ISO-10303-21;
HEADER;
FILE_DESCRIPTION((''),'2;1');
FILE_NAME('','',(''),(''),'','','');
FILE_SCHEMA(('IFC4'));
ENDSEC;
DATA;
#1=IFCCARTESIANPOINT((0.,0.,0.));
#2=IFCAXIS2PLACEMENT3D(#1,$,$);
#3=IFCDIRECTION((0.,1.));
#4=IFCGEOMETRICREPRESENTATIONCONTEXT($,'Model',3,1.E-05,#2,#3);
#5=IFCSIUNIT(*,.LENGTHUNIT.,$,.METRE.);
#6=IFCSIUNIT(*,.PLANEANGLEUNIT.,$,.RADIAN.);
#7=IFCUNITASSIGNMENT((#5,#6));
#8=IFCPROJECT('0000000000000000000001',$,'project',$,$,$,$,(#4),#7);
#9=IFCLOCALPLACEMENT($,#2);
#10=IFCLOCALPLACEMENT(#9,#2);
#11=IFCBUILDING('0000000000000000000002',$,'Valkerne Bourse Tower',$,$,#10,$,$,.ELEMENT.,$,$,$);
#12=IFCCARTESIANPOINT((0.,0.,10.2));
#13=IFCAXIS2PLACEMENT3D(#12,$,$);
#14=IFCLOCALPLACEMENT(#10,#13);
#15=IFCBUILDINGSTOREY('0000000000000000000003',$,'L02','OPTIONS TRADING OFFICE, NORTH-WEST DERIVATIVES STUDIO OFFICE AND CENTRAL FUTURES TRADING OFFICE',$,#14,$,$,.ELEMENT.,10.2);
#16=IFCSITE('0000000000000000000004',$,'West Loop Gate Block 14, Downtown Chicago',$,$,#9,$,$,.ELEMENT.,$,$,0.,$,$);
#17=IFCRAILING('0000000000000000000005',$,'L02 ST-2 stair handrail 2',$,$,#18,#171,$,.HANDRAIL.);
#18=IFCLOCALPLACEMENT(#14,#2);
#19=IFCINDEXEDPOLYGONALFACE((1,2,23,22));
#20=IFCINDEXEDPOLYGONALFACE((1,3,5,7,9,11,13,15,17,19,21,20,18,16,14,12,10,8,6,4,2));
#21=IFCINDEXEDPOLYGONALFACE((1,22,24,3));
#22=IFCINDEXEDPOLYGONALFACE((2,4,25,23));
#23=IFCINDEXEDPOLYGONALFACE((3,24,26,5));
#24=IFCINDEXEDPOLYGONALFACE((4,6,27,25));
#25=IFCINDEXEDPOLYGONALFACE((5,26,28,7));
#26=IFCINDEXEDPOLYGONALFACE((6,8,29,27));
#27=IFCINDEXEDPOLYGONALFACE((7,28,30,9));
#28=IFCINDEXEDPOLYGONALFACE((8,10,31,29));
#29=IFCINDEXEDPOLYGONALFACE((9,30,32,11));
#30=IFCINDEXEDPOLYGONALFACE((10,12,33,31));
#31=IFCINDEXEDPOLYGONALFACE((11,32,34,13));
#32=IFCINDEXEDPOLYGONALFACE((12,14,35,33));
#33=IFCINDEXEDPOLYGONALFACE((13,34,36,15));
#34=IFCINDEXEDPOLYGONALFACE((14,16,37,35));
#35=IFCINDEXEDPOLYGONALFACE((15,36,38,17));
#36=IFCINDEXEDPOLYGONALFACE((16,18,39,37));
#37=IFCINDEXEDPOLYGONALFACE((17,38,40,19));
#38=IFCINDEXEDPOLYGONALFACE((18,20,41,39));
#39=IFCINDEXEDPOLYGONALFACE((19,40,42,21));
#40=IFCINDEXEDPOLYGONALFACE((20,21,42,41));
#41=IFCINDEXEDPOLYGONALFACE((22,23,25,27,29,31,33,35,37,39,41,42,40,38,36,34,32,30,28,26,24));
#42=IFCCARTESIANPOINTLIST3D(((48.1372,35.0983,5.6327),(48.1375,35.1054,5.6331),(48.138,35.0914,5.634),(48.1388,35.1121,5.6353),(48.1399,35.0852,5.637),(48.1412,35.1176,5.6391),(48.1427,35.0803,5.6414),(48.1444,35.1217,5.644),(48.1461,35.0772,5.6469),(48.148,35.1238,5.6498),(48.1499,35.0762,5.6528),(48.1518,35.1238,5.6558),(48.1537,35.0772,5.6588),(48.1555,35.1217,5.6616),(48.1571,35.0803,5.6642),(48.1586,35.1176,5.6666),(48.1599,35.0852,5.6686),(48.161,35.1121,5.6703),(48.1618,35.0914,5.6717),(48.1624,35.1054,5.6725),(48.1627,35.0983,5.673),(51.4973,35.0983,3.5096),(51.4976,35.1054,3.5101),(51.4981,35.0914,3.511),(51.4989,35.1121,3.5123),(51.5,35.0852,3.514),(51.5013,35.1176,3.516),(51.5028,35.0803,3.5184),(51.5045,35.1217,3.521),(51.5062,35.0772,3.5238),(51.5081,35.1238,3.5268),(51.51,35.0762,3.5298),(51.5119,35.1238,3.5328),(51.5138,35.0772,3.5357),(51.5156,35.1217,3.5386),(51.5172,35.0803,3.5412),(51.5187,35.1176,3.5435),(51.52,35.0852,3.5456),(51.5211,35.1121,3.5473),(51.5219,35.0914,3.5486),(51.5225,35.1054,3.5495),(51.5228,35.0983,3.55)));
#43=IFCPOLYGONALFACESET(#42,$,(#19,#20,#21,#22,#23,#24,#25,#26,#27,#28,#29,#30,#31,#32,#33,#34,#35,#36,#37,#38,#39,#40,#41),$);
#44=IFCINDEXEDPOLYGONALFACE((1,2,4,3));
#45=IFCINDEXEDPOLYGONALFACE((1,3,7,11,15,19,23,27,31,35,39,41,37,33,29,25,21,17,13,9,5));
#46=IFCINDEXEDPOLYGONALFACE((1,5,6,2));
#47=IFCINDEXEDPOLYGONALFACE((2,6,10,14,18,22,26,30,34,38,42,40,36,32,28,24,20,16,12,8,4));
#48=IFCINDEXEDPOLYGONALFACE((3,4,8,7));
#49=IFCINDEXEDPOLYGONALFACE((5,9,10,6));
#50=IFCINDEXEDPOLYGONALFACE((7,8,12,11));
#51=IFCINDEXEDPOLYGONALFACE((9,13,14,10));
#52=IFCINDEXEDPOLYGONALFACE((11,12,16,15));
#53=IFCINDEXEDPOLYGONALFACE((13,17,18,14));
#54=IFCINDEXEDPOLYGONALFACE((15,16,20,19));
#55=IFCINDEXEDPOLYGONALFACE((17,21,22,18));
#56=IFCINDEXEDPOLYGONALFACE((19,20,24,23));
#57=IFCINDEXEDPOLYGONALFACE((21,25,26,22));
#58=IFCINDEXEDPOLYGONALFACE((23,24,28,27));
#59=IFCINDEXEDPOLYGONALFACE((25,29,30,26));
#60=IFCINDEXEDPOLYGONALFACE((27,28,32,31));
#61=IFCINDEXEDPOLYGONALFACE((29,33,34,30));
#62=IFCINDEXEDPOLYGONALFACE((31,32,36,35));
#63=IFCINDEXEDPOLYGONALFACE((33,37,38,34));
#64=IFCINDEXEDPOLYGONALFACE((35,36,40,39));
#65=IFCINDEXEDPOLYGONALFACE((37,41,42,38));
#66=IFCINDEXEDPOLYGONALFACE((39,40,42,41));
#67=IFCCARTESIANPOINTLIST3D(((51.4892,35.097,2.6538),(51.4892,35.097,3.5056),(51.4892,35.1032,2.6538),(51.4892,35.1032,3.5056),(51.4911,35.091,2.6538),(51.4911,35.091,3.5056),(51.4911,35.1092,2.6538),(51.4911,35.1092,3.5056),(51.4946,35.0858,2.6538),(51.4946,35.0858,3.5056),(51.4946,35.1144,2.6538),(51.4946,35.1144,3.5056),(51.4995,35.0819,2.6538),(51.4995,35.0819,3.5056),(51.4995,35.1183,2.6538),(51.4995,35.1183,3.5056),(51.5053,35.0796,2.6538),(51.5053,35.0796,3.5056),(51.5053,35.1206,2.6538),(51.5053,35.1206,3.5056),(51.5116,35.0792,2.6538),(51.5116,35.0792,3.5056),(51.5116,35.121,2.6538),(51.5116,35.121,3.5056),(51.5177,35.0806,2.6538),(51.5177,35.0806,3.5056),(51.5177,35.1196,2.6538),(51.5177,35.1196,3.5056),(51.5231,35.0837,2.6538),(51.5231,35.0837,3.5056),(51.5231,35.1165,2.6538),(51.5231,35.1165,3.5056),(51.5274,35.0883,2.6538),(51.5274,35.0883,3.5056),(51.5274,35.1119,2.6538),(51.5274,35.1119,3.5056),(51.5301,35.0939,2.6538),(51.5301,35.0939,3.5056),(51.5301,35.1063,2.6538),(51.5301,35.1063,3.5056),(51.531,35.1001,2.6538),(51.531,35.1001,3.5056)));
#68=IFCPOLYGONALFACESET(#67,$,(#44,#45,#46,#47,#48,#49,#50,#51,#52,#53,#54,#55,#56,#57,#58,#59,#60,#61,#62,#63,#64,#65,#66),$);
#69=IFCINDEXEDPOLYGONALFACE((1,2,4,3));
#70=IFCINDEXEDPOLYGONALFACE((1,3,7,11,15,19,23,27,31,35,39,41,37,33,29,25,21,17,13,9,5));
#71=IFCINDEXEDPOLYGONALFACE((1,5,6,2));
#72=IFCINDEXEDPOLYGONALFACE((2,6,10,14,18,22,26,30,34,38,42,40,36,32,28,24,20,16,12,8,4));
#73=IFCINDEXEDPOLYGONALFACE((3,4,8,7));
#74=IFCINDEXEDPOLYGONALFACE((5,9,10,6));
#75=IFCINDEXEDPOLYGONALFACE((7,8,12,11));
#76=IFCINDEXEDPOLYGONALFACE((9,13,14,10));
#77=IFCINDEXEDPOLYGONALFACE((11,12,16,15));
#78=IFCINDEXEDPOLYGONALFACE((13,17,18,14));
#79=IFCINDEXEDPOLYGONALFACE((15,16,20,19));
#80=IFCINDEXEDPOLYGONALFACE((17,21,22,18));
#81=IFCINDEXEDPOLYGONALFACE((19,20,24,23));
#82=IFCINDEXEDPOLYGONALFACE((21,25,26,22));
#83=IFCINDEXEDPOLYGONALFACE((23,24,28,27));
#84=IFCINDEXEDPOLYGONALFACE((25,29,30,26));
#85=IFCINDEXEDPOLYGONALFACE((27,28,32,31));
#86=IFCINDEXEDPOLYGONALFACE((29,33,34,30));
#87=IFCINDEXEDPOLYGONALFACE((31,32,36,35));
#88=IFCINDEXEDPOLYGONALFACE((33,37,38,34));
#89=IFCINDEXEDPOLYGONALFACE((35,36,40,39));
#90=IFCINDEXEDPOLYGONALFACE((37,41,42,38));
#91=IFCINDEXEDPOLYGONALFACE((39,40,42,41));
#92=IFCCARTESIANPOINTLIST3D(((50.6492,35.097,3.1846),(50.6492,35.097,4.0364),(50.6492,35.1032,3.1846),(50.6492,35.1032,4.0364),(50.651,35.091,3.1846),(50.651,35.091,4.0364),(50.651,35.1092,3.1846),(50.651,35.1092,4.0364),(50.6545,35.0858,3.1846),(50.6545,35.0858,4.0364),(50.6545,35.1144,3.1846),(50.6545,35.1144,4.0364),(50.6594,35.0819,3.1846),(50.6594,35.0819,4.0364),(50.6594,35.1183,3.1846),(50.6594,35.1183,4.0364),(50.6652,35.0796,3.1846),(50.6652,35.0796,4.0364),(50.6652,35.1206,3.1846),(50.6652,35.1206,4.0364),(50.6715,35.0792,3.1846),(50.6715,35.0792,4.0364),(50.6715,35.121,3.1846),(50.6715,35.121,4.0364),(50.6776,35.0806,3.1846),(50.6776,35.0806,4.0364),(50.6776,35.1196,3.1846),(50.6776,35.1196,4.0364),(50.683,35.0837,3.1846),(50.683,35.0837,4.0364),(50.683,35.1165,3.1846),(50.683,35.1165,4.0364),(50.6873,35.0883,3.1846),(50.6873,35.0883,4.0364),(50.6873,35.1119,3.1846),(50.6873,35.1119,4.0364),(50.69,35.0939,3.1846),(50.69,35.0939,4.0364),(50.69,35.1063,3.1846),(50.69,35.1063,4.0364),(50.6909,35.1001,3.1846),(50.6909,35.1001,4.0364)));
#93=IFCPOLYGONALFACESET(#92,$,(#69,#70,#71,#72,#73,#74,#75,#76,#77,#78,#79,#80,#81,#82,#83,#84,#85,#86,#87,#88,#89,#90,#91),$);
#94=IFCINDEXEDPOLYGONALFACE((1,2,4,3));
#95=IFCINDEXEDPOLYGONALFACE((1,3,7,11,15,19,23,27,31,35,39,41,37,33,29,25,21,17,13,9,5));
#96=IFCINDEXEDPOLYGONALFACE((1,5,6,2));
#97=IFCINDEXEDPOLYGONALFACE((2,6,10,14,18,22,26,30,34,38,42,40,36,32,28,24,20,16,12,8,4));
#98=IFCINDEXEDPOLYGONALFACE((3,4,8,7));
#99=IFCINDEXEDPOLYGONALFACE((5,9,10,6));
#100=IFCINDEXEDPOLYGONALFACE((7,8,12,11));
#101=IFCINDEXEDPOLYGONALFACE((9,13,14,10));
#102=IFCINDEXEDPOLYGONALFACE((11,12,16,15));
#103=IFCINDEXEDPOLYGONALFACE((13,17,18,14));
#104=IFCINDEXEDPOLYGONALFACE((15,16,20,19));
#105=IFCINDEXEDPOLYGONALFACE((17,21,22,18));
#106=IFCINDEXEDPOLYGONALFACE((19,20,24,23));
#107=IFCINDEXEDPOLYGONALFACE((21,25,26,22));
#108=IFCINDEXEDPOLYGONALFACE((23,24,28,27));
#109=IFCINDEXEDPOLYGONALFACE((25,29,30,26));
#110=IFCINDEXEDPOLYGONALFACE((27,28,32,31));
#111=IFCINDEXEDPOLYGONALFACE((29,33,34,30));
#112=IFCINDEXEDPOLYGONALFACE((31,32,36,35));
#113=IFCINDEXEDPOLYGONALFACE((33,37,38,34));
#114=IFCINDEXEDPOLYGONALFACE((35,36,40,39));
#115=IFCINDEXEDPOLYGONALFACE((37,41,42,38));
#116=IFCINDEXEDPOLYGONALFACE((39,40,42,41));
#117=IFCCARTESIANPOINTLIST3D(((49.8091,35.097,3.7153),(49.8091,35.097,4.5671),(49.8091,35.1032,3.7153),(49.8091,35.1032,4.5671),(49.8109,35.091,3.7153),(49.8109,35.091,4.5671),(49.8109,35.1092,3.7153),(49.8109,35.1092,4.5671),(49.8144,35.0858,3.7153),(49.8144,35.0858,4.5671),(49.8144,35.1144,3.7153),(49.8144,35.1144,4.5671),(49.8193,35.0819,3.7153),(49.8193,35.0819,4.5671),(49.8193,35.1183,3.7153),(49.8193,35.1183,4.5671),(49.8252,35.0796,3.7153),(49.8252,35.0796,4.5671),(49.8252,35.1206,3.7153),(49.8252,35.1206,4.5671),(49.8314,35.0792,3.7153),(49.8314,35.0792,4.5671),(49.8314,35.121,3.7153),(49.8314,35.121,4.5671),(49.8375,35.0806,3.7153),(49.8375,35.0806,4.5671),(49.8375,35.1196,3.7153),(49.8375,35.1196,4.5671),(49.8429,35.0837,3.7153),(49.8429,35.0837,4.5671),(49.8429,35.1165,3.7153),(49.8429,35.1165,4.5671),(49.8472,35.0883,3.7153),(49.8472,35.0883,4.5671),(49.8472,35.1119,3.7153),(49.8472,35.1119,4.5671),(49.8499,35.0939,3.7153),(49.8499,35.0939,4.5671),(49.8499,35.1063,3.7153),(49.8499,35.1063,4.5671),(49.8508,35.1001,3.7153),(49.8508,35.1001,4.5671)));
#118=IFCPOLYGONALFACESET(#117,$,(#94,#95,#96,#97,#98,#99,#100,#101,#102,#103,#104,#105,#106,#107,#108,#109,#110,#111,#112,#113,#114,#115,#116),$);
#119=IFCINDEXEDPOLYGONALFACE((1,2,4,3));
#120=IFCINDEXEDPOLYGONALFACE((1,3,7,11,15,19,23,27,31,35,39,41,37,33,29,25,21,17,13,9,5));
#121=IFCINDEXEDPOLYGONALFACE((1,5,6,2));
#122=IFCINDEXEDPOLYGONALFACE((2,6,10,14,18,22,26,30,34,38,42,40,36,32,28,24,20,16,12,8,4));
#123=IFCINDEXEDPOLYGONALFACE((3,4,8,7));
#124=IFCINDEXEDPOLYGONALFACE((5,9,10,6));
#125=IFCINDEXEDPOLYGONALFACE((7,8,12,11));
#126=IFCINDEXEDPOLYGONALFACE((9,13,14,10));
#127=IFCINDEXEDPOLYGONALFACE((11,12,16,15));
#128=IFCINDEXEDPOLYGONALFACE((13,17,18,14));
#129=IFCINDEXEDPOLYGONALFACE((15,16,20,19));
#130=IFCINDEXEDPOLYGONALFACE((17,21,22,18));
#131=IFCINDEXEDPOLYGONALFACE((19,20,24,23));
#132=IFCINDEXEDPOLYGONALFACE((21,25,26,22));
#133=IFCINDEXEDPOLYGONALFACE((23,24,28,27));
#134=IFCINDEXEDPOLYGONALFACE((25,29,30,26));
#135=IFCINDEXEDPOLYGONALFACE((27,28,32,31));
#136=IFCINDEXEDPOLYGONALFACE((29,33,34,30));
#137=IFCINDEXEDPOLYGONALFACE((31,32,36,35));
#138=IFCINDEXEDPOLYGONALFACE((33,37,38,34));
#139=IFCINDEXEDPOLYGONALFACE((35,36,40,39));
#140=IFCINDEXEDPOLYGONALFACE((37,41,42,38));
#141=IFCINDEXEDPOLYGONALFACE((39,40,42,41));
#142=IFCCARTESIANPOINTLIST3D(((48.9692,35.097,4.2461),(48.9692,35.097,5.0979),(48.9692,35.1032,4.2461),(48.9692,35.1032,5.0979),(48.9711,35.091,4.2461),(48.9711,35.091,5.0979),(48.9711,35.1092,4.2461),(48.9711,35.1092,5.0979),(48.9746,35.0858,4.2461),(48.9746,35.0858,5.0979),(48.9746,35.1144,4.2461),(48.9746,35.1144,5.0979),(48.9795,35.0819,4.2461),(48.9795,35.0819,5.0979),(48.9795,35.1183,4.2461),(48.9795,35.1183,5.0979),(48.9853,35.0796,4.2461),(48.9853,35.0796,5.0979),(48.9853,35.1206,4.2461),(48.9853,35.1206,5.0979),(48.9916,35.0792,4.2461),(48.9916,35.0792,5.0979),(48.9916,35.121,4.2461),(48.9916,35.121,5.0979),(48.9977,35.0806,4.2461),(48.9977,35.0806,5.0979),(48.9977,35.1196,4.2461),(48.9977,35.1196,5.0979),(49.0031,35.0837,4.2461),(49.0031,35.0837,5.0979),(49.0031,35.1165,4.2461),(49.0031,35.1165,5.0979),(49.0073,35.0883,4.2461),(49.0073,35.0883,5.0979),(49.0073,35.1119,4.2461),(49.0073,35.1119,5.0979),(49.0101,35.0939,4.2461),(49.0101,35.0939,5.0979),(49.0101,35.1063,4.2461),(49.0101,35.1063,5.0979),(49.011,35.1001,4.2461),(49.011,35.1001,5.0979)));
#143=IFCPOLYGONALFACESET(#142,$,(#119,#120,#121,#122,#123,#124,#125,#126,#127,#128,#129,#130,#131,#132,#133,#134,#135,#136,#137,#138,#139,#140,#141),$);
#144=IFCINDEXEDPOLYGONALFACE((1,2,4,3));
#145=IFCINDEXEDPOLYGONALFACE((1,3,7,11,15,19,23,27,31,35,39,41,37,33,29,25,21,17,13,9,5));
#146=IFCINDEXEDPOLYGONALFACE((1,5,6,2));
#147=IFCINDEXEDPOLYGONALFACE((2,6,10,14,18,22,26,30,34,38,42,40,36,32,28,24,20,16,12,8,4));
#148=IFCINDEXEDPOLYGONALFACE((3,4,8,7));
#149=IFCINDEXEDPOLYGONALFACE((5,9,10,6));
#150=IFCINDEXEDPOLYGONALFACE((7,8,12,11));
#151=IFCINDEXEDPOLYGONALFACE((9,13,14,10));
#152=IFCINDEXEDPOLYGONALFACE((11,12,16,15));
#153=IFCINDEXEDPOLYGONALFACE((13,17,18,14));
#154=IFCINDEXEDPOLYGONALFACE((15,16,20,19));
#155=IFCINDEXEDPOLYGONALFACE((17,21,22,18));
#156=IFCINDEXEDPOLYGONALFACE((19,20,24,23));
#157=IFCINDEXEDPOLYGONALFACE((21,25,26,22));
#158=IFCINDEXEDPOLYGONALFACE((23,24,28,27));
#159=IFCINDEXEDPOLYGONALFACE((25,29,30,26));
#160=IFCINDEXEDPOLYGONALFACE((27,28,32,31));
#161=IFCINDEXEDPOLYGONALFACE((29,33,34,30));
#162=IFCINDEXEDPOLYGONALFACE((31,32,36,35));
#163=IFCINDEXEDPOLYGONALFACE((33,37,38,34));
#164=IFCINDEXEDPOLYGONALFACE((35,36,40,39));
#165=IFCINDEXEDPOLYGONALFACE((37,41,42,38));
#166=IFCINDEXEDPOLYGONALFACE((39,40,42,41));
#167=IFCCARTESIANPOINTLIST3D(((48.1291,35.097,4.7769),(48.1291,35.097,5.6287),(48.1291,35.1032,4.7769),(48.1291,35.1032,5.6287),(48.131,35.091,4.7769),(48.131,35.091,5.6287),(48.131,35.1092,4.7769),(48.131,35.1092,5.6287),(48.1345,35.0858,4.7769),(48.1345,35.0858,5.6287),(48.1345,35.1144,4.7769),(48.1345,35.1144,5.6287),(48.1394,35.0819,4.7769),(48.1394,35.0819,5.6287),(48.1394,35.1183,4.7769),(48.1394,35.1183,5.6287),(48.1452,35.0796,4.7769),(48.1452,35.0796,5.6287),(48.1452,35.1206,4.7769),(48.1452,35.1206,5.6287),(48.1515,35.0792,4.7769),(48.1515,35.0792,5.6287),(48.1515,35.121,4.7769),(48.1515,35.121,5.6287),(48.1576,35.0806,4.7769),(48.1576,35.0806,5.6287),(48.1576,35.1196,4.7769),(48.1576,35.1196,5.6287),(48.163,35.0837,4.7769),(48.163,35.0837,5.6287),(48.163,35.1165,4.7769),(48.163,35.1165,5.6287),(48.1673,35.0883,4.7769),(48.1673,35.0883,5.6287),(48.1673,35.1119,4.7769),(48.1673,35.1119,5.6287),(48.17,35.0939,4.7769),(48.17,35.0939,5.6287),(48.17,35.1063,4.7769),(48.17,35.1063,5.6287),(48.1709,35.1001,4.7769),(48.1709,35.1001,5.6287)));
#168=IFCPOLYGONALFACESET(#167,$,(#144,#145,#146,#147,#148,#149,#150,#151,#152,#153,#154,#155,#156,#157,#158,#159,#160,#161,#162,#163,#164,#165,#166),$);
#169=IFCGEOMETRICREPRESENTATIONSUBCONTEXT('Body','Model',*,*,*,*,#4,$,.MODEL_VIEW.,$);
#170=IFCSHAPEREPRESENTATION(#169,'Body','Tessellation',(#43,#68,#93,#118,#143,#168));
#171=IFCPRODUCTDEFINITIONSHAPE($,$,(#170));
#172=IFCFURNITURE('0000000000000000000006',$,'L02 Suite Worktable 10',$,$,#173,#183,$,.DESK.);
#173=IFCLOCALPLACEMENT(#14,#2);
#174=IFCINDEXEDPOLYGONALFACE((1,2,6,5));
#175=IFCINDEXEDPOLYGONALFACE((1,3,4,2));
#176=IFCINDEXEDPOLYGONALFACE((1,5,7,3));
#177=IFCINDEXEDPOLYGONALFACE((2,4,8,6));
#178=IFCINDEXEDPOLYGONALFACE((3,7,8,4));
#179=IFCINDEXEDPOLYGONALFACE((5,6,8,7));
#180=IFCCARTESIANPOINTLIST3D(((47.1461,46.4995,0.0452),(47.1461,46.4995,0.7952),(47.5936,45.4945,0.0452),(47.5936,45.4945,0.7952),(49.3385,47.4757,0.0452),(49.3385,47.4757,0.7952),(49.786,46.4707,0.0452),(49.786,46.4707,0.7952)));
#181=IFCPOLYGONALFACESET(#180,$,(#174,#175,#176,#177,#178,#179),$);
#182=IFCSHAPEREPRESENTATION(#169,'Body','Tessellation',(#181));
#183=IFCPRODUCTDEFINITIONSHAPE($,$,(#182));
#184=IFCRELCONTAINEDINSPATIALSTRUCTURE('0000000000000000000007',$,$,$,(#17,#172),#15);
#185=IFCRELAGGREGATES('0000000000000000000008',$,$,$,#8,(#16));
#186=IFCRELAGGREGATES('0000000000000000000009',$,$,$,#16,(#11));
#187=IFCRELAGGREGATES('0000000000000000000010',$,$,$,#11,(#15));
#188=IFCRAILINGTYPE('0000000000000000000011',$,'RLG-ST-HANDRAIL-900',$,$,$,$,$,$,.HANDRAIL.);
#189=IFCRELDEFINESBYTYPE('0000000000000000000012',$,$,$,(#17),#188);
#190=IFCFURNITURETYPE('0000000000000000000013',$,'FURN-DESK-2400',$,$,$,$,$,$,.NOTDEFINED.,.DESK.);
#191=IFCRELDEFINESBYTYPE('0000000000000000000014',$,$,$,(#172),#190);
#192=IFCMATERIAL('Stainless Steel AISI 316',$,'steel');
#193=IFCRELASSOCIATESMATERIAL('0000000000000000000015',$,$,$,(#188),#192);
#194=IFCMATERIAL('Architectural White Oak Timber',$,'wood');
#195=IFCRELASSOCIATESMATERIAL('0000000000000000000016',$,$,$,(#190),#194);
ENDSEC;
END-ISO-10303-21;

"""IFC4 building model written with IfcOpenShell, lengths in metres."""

from ifc_helpers import new_model, si_unit, direction, frame, origin, origin_2d, place, context, subcontext, project, spatial, rectangle, circle, extrude, material, type_object, element, save


model = new_model("IFC4")

# Units and contexts
model_context = context("Model", 3, precision=1e-05, world=origin(), true_north=direction((0.0, 1.0)))
body_context = subcontext(model_context, "Body", "Model", "MODEL_VIEW")
ifc_project = project(units=[si_unit("LENGTHUNIT", "METRE"), si_unit("PLANEANGLEUNIT", "RADIAN")], contexts=[model_context])

# Site, building, storey
site_placement = place(None, origin())
site = spatial("IfcSite", under=ifc_project, at=site_placement, Name="West Loop Gate Block 14, Downtown Chicago", CompositionType="ELEMENT", RefElevation=0.0)
building_placement = place(site_placement, origin())
building = spatial("IfcBuilding", under=site, at=building_placement, Name="Valkerne Bourse Tower", CompositionType="ELEMENT")
storey_placement = place(building_placement, frame((0.0, 0.0, 10.2)))
storey = spatial("IfcBuildingStorey", under=building, at=storey_placement, Name="L02", Description="OPTIONS TRADING OFFICE, NORTH-WEST DERIVATIVES STUDIO OFFICE AND CENTRAL FUTURES TRADING OFFICE", CompositionType="ELEMENT", Elevation=10.2)

# Railing
ifc_material_1 = material(Name="Stainless Steel AISI 316", Category="steel")
railing_type_1 = type_object("IfcRailingType", Name="RLG-ST-HANDRAIL-900", PredefinedType="HANDRAIL", material=ifc_material_1)
railing_1_placement = place(storey_placement, frame((51.51, 35.1001, 2.6538)))
element("IfcRailing", 1, at=railing_1_placement, inside=storey, type_object=railing_type_1, Name="L02 ST-2 stair handrail 2", PredefinedType="HANDRAIL", context=body_context, shape_type="SweptSolid", body=[
    extrude(circle(Radius=0.0239, at=origin_2d()), frame((0.0, 0.0, 0.876), z_axis=(-0.84539, 0.0, 0.53415), x_axis=(0.0, -1.0, 0.0)), (0.0, 0.0, 1.0), 3.9746),
    extrude(circle(Radius=0.021, at=origin_2d()), origin(), (0.0, 0.0, 1.0), 0.8518),
    extrude(circle(Radius=0.021, at=origin_2d()), frame((-0.8401, 0.0, 0.5308)), (0.0, 0.0, 1.0), 0.8518),
    extrude(circle(Radius=0.021, at=origin_2d()), frame((-1.6802, 0.0, 1.0615)), (0.0, 0.0, 1.0), 0.8518),
    extrude(circle(Radius=0.021, at=origin_2d()), frame((-2.52, 0.0, 1.5923)), (0.0, 0.0, 1.0), 0.8518),
    extrude(circle(Radius=0.021, at=origin_2d()), frame((-3.3601, 0.0, 2.123)), (0.0, 0.0, 1.0), 0.8518),
])

# Furniture
ifc_material_2 = material(Name="Architectural White Oak Timber", Category="wood")
furniture_type = type_object("IfcFurnitureType", Name="FURN-DESK-2400", AssemblyPlace="NOTDEFINED", PredefinedType="DESK", material=ifc_material_2)
furniture_placement = place(storey_placement, frame((48.4661, 46.4851, 0.0452), z_axis=(0.0, 0.0, 1.0), x_axis=(0.913545, 0.406737, 0.0)))
element("IfcFurniture", 2, at=furniture_placement, inside=storey, type_object=furniture_type, Name="L02 Suite Worktable 10", PredefinedType="DESK", context=body_context, shape_type="SweptSolid", body=[
    extrude(rectangle(XDim=2.3999, YDim=1.1001, at=origin_2d()), origin(), (0.0, 0.0, 1.0), 0.75),
])

save(model, "model.ifc")
